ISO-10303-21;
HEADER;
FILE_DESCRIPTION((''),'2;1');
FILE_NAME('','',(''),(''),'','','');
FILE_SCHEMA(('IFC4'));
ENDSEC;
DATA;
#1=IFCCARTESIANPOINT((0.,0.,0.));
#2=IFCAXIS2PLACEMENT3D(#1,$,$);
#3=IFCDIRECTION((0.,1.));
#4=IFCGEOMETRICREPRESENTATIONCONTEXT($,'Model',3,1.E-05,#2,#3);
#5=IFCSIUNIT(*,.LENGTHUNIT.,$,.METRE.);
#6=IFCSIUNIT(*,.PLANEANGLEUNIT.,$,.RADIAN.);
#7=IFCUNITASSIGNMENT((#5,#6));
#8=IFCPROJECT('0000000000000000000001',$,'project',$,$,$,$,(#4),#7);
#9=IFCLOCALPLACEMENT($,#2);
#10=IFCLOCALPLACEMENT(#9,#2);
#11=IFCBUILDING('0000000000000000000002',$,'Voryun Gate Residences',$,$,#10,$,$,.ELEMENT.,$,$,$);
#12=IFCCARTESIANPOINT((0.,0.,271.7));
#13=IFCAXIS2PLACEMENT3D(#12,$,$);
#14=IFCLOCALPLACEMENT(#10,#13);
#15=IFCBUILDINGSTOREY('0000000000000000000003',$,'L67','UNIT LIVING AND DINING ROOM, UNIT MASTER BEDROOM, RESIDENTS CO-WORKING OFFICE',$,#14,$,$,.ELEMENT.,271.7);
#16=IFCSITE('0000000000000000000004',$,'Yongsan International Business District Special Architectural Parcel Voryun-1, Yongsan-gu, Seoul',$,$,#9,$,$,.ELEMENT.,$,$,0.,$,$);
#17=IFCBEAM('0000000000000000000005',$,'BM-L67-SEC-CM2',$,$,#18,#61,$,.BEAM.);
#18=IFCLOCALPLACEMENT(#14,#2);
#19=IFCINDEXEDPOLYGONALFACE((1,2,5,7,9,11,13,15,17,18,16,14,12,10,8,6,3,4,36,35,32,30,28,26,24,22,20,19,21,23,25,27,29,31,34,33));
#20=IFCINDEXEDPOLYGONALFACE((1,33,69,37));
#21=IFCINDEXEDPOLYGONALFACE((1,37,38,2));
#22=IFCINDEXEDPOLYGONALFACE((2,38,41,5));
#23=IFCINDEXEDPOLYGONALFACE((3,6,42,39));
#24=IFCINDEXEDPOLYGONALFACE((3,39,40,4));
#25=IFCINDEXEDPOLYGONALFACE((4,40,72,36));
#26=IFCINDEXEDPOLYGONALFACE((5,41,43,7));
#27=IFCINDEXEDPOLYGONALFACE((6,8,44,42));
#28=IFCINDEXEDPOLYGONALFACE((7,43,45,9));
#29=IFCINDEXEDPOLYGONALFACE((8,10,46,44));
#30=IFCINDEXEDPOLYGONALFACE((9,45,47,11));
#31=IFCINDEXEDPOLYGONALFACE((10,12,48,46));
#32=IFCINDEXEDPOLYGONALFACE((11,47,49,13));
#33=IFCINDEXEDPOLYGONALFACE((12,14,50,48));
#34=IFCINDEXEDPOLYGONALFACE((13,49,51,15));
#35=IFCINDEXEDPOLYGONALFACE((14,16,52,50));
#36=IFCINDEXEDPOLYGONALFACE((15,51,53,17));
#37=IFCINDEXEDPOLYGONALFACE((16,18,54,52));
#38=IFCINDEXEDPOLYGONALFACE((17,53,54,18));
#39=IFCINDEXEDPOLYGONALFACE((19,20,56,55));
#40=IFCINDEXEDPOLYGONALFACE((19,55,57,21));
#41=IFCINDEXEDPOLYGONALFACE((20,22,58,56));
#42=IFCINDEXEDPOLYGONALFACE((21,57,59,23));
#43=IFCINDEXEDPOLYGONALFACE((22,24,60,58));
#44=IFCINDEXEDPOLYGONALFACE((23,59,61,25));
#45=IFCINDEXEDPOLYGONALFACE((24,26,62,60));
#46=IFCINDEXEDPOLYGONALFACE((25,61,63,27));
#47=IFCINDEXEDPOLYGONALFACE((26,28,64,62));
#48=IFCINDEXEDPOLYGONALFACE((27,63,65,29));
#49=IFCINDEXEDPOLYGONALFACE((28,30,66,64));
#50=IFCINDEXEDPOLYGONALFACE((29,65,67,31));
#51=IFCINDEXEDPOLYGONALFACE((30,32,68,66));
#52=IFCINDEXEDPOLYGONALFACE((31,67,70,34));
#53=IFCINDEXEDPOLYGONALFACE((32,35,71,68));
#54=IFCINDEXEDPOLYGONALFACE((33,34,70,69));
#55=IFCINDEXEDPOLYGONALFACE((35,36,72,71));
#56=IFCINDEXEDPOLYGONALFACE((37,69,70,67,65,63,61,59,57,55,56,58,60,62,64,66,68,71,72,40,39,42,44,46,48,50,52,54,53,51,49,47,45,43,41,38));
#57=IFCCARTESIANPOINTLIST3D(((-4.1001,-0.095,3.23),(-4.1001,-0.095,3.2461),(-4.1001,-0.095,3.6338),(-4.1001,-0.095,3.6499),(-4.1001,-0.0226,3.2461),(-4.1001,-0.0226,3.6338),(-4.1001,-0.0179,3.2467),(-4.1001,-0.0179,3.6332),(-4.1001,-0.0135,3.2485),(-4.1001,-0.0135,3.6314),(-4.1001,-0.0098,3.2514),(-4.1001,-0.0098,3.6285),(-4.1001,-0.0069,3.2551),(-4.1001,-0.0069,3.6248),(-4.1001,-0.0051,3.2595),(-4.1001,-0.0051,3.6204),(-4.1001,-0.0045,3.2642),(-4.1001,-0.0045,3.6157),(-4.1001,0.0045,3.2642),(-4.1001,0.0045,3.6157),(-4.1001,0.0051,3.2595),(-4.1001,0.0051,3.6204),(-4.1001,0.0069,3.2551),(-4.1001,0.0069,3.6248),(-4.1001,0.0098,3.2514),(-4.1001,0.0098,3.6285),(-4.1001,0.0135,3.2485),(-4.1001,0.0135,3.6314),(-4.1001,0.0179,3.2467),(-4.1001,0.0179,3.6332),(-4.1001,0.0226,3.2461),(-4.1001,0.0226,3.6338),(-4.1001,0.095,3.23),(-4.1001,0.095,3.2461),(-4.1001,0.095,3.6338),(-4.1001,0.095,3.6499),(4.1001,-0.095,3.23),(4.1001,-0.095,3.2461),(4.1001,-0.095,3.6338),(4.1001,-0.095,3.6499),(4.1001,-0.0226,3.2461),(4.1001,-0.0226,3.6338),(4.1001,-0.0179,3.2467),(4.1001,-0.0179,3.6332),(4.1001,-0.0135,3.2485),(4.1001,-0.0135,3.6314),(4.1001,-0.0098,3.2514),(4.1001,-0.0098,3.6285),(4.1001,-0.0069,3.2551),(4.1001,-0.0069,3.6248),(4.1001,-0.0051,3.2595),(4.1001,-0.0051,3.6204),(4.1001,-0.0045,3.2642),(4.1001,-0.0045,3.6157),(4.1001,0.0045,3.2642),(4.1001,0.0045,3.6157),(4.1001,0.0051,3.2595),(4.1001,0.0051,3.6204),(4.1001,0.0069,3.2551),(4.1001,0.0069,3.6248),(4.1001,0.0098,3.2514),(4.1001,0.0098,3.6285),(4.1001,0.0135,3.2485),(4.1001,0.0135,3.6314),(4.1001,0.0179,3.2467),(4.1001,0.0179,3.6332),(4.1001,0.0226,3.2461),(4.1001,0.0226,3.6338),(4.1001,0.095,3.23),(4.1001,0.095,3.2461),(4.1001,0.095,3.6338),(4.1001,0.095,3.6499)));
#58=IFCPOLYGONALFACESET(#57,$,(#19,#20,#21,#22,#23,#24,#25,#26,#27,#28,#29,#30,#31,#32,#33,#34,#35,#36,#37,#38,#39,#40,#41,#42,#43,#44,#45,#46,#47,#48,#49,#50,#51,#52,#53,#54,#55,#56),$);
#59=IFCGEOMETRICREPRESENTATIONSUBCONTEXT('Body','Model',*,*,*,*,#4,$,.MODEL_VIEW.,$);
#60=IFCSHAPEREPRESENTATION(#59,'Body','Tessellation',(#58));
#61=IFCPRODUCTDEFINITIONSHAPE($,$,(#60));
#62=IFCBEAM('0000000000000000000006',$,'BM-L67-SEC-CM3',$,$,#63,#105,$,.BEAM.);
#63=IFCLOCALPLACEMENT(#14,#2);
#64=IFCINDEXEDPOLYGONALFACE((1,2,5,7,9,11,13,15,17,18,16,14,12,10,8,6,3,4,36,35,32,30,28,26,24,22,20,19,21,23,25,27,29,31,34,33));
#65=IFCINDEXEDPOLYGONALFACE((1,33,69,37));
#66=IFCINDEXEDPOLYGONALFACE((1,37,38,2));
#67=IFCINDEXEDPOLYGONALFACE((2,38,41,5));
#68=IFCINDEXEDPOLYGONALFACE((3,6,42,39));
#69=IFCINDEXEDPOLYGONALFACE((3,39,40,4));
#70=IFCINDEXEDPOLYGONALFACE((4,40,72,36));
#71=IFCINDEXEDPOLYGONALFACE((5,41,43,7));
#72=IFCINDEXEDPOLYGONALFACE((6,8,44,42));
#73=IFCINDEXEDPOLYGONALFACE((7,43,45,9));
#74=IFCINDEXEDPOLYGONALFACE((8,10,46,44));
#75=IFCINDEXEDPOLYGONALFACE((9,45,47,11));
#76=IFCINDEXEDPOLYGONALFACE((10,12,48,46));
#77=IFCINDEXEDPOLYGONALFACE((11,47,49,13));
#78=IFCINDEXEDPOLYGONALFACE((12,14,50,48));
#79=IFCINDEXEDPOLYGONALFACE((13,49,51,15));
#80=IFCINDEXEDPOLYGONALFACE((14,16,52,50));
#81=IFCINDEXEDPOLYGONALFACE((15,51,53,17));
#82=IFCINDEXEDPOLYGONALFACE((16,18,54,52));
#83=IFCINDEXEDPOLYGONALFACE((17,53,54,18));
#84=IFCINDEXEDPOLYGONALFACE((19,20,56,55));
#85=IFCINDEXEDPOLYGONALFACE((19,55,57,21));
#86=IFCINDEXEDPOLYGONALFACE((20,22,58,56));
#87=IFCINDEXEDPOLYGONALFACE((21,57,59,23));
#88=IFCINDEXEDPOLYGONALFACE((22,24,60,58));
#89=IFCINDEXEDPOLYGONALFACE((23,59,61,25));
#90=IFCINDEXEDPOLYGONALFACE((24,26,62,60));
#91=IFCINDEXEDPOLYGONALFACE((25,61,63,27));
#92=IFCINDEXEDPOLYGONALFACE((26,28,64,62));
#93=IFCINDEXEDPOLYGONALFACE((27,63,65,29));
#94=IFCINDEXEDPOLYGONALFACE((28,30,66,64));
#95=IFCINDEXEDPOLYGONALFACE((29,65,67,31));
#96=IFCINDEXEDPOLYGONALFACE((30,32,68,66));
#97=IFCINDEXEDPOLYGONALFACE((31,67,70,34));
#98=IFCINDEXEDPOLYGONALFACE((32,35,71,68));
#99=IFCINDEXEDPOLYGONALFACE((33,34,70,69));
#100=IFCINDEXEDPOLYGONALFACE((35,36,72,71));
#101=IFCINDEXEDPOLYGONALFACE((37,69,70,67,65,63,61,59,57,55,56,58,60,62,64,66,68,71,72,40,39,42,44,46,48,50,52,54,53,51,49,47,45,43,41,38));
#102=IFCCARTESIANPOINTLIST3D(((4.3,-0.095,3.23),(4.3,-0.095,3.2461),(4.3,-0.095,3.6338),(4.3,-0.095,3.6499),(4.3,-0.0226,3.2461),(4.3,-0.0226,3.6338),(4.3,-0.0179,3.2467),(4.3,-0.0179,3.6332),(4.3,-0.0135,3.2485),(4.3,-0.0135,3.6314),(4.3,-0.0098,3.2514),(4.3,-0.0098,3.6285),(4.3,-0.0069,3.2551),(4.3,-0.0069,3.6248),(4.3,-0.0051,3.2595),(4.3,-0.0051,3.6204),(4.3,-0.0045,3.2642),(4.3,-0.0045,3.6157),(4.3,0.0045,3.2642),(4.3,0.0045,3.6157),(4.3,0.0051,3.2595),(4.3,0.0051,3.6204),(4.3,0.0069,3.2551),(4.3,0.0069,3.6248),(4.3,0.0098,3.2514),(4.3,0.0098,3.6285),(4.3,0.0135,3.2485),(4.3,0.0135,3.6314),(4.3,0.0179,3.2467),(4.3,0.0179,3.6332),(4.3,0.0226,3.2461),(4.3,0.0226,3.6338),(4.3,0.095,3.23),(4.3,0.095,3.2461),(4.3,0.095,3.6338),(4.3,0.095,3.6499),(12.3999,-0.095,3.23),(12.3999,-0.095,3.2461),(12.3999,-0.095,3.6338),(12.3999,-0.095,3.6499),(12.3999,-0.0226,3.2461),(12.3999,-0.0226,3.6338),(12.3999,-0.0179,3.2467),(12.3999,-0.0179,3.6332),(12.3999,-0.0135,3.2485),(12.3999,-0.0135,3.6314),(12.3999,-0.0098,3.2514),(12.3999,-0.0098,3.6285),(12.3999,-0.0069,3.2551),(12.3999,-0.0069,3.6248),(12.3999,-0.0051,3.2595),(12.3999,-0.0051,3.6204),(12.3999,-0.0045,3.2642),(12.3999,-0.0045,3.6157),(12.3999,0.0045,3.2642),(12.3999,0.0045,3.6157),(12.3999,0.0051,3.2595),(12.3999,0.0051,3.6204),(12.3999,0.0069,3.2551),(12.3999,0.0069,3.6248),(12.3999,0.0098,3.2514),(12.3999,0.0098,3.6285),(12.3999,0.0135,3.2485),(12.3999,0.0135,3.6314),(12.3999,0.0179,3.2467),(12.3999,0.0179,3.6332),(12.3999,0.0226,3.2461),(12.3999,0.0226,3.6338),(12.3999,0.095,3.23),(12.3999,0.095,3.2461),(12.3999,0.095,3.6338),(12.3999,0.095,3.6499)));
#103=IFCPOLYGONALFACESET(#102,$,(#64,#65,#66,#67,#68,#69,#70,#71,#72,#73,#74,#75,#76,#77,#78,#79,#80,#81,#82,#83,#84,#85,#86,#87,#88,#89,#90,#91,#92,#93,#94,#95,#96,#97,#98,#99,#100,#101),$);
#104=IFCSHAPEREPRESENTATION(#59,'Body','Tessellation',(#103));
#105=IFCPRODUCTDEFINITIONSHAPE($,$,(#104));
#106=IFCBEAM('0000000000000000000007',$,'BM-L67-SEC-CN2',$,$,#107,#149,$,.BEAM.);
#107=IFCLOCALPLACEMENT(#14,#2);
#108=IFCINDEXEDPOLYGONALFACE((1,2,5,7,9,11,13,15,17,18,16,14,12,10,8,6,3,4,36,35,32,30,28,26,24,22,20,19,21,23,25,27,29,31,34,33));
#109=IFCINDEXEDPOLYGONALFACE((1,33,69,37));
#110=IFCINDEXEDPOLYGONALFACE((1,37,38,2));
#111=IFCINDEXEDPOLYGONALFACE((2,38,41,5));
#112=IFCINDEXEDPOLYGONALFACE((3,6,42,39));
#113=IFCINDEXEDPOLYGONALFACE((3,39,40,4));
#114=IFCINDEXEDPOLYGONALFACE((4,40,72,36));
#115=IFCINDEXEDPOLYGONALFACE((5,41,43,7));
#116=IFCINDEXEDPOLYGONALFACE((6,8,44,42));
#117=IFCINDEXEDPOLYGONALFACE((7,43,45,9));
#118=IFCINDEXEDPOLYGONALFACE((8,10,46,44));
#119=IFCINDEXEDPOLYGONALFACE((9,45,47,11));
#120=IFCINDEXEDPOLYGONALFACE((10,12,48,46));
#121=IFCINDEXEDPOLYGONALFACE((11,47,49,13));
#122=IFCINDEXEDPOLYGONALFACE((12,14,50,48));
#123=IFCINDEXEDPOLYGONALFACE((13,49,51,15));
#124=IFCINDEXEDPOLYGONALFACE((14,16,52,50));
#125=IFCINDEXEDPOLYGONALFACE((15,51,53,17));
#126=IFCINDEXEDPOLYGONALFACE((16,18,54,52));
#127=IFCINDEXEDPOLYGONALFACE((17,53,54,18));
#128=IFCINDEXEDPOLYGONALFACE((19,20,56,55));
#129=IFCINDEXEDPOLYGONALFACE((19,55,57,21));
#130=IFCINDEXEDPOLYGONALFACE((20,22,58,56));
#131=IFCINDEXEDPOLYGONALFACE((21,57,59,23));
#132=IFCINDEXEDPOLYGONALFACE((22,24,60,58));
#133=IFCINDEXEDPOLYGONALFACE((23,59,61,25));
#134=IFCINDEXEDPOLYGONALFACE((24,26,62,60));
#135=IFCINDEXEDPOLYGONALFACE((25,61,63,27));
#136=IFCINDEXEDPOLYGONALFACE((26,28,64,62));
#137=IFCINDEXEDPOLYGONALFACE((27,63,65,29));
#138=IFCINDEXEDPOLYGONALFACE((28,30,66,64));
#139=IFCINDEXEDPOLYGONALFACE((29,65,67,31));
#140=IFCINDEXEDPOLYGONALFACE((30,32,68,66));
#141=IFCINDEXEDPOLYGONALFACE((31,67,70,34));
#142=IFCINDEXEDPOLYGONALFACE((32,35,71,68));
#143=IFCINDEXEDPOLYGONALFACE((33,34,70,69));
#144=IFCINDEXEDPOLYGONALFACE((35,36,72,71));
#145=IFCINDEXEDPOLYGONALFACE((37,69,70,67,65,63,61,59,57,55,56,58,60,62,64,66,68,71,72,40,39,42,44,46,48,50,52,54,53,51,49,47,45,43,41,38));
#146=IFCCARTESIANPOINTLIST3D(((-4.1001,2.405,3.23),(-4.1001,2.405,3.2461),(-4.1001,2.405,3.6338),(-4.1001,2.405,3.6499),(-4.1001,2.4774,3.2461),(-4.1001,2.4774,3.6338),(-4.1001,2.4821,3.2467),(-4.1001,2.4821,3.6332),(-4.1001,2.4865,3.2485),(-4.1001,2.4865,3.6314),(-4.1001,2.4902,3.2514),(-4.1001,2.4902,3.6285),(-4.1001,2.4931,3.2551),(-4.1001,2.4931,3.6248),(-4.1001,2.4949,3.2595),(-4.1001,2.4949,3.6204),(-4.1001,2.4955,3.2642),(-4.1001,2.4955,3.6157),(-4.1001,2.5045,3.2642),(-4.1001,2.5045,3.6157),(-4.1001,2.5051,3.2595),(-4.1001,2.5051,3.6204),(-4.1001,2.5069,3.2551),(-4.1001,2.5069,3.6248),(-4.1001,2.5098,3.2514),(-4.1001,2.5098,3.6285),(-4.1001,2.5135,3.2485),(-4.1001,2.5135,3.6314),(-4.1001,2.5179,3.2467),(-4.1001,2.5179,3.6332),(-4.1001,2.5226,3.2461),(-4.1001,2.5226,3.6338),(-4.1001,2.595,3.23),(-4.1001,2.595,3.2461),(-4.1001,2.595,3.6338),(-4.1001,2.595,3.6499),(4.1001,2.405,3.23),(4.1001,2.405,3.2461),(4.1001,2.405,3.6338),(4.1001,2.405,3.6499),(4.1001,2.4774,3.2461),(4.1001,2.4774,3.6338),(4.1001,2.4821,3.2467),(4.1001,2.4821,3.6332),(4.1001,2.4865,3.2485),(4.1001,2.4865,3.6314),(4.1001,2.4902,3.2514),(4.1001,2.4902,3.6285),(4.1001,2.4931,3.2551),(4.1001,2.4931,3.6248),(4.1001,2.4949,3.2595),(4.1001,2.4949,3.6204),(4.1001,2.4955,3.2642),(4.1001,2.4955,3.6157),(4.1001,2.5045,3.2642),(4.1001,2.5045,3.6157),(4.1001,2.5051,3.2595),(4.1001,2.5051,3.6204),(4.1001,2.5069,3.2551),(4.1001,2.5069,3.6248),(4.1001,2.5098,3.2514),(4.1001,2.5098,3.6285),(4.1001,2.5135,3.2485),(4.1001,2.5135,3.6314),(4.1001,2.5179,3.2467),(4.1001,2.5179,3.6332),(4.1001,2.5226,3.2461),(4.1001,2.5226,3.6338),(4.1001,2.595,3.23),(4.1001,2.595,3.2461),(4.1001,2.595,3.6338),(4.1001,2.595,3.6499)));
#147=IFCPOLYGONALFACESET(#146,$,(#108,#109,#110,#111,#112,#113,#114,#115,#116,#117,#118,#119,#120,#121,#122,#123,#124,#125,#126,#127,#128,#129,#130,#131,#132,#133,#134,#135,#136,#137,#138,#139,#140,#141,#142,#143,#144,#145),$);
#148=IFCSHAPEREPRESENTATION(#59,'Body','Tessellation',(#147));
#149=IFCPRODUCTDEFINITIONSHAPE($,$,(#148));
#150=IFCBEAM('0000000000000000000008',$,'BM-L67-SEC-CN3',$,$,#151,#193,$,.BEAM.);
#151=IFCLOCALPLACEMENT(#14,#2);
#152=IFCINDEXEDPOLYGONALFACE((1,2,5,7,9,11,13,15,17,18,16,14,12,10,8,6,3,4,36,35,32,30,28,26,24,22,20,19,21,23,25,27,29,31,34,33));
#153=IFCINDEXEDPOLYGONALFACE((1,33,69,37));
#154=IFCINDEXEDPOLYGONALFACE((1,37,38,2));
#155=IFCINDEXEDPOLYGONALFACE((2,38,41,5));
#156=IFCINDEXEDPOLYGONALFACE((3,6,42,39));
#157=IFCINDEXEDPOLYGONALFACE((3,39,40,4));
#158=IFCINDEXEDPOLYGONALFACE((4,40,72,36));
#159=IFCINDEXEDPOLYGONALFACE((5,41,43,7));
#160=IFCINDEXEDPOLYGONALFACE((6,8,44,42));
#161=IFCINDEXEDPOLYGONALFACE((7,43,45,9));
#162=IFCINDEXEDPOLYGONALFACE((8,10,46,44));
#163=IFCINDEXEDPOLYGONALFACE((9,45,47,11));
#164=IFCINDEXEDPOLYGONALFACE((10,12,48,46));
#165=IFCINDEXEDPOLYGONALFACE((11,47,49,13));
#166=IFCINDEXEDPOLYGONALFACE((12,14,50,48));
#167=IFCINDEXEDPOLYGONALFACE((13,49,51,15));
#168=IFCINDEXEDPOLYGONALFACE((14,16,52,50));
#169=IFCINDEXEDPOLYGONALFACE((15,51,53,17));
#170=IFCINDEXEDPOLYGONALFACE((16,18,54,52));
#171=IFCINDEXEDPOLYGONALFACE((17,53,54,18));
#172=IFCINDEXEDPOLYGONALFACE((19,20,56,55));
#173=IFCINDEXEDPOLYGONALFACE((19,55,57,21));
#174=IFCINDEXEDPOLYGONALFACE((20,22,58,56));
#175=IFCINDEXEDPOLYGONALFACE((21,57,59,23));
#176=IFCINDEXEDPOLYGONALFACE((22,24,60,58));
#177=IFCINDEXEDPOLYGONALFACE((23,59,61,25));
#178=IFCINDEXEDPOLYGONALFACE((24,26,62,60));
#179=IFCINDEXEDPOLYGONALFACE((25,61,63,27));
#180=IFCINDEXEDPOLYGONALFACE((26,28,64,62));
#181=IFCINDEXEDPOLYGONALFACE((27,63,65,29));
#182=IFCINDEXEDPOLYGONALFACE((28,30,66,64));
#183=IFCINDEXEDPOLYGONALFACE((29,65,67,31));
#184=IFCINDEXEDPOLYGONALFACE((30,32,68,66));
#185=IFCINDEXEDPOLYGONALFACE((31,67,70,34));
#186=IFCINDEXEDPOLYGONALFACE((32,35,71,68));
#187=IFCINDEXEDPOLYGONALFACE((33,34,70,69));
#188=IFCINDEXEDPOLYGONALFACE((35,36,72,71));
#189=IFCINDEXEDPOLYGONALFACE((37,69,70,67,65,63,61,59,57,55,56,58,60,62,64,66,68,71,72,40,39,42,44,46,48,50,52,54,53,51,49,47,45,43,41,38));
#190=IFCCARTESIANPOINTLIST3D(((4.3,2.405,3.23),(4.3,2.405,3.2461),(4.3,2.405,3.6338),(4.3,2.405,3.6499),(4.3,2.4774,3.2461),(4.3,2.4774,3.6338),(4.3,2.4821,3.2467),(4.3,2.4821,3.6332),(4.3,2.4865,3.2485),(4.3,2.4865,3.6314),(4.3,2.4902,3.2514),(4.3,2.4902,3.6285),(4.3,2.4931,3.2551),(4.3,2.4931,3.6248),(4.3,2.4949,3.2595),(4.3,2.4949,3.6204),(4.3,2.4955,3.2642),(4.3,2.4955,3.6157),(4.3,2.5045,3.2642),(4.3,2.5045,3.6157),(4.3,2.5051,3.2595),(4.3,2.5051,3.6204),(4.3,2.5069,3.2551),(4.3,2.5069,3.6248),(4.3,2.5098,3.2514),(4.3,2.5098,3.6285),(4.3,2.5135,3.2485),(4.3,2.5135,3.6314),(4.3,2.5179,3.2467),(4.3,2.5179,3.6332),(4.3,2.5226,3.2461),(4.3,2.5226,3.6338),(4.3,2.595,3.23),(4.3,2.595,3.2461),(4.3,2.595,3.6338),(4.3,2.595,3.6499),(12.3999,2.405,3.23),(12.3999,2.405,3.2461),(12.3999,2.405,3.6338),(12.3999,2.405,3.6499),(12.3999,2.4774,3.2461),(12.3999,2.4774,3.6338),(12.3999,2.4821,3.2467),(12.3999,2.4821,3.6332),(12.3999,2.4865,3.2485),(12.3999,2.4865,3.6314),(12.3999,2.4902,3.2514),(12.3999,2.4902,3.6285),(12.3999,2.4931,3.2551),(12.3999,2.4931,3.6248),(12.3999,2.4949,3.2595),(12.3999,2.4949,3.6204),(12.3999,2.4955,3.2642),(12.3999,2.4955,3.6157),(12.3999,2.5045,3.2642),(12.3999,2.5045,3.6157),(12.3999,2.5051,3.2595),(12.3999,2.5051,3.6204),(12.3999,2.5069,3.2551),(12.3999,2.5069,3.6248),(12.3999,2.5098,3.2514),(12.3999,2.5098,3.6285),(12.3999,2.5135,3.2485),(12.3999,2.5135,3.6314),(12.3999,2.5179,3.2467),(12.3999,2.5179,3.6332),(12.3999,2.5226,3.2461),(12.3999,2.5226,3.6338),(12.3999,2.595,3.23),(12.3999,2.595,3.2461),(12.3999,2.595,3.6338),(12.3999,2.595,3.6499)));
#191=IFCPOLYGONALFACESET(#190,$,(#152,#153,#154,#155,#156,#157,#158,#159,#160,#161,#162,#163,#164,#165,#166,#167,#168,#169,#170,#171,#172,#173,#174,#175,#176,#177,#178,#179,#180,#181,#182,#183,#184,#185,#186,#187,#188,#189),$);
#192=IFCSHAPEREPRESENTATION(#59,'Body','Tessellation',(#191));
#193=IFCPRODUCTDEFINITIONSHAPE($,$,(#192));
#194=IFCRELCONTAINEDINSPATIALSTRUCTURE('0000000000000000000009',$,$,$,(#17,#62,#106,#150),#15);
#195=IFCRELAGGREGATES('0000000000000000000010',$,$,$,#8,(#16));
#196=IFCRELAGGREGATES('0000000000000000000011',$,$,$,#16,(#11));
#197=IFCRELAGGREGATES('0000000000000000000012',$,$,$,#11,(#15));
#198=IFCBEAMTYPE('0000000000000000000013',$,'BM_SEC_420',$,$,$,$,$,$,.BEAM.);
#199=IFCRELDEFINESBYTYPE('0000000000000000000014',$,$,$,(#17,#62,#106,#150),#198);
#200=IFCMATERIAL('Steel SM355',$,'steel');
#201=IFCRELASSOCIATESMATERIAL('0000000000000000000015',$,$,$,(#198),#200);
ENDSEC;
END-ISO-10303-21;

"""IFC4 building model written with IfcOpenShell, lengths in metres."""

from ifc_helpers import new_model, si_unit, direction, frame, origin, origin_2d, place, context, subcontext, project, spatial, i_section, extrude, material, material_profile, profile_set, type_object, element, save


model = new_model("IFC4")

# Units and contexts
model_context = context("Model", 3, precision=1e-05, world=origin(), true_north=direction((0.0, 1.0)))
body_context = subcontext(model_context, "Body", "Model", "MODEL_VIEW")
ifc_project = project(units=[si_unit("LENGTHUNIT", "METRE"), si_unit("PLANEANGLEUNIT", "RADIAN")], contexts=[model_context])

# Site, building, storey
site_placement = place(None, origin())
site = spatial("IfcSite", under=ifc_project, at=site_placement, Name="Yongsan International Business District Special Architectural Parcel Voryun-1, Yongsan-gu, Seoul", CompositionType="ELEMENT", RefElevation=0.0)
building_placement = place(site_placement, origin())
building = spatial("IfcBuilding", under=site, at=building_placement, Name="Voryun Gate Residences", CompositionType="ELEMENT")
storey_placement = place(building_placement, frame((0.0, 0.0, 271.7)))
storey = spatial("IfcBuildingStorey", under=building, at=storey_placement, Name="L67", Description="UNIT LIVING AND DINING ROOM, UNIT MASTER BEDROOM, RESIDENTS CO-WORKING OFFICE", CompositionType="ELEMENT", Elevation=271.7)

# Beams
ifc_material_1 = material(Name="Steel SM355", Category="steel")
ifc_material_profile_1 = material_profile(ifc_material_1, i_section(OverallWidth=0.1899, OverallDepth=0.4199, WebThickness=0.009, FlangeThickness=0.0161, FilletRadius=0.0181, at=origin_2d()), Name="H-420x190x9x16")
ifc_profile_set_1 = profile_set([ifc_material_profile_1], Name="Steel SM355")
beam_type_1 = type_object("IfcBeamType", Name="BM_SEC_420", PredefinedType="BEAM", material=ifc_profile_set_1)
beam_1_placement = place(storey_placement, frame((-4.1001, 0.0, 3.4399), z_axis=(1.0, 0.0, 0.0), x_axis=(0.0, 1.0, 0.0)))
element("IfcBeam", 1, at=beam_1_placement, inside=storey, type_object=beam_type_1, Name="BM-L67-SEC-CM2", PredefinedType="BEAM", context=body_context, shape_type="SweptSolid", body=[
    extrude(i_section(OverallWidth=0.1899, OverallDepth=0.4199, WebThickness=0.009, FlangeThickness=0.0161, FilletRadius=0.0181, at=origin_2d()), origin(), (0.0, 0.0, 1.0), 8.2002),
])
beam_2_placement = place(storey_placement, frame((4.3, 0.0, 3.4399), z_axis=(1.0, 0.0, 0.0), x_axis=(0.0, 1.0, 0.0)))
element("IfcBeam", 2, at=beam_2_placement, inside=storey, type_object=beam_type_1, Name="BM-L67-SEC-CM3", PredefinedType="BEAM", context=body_context, shape_type="SweptSolid", body=[
    extrude(i_section(OverallWidth=0.1899, OverallDepth=0.4199, WebThickness=0.009, FlangeThickness=0.0161, FilletRadius=0.0181, at=origin_2d()), origin(), (0.0, 0.0, 1.0), 8.0999),
])
beam_3_placement = place(storey_placement, frame((-4.1001, 2.5, 3.4399), z_axis=(1.0, 0.0, 0.0), x_axis=(0.0, 1.0, 0.0)))
element("IfcBeam", 3, at=beam_3_placement, inside=storey, type_object=beam_type_1, Name="BM-L67-SEC-CN2", PredefinedType="BEAM", context=body_context, shape_type="SweptSolid", body=[
    extrude(i_section(OverallWidth=0.1899, OverallDepth=0.4199, WebThickness=0.009, FlangeThickness=0.0161, FilletRadius=0.0181, at=origin_2d()), origin(), (0.0, 0.0, 1.0), 8.2002),
])
beam_4_placement = place(storey_placement, frame((4.3, 2.5, 3.4399), z_axis=(1.0, 0.0, 0.0), x_axis=(0.0, 1.0, 0.0)))
element("IfcBeam", 4, at=beam_4_placement, inside=storey, type_object=beam_type_1, Name="BM-L67-SEC-CN3", PredefinedType="BEAM", context=body_context, shape_type="SweptSolid", body=[
    extrude(i_section(OverallWidth=0.1899, OverallDepth=0.4199, WebThickness=0.009, FlangeThickness=0.0161, FilletRadius=0.0181, at=origin_2d()), origin(), (0.0, 0.0, 1.0), 8.0999),
])

save(model, "model.ifc")
